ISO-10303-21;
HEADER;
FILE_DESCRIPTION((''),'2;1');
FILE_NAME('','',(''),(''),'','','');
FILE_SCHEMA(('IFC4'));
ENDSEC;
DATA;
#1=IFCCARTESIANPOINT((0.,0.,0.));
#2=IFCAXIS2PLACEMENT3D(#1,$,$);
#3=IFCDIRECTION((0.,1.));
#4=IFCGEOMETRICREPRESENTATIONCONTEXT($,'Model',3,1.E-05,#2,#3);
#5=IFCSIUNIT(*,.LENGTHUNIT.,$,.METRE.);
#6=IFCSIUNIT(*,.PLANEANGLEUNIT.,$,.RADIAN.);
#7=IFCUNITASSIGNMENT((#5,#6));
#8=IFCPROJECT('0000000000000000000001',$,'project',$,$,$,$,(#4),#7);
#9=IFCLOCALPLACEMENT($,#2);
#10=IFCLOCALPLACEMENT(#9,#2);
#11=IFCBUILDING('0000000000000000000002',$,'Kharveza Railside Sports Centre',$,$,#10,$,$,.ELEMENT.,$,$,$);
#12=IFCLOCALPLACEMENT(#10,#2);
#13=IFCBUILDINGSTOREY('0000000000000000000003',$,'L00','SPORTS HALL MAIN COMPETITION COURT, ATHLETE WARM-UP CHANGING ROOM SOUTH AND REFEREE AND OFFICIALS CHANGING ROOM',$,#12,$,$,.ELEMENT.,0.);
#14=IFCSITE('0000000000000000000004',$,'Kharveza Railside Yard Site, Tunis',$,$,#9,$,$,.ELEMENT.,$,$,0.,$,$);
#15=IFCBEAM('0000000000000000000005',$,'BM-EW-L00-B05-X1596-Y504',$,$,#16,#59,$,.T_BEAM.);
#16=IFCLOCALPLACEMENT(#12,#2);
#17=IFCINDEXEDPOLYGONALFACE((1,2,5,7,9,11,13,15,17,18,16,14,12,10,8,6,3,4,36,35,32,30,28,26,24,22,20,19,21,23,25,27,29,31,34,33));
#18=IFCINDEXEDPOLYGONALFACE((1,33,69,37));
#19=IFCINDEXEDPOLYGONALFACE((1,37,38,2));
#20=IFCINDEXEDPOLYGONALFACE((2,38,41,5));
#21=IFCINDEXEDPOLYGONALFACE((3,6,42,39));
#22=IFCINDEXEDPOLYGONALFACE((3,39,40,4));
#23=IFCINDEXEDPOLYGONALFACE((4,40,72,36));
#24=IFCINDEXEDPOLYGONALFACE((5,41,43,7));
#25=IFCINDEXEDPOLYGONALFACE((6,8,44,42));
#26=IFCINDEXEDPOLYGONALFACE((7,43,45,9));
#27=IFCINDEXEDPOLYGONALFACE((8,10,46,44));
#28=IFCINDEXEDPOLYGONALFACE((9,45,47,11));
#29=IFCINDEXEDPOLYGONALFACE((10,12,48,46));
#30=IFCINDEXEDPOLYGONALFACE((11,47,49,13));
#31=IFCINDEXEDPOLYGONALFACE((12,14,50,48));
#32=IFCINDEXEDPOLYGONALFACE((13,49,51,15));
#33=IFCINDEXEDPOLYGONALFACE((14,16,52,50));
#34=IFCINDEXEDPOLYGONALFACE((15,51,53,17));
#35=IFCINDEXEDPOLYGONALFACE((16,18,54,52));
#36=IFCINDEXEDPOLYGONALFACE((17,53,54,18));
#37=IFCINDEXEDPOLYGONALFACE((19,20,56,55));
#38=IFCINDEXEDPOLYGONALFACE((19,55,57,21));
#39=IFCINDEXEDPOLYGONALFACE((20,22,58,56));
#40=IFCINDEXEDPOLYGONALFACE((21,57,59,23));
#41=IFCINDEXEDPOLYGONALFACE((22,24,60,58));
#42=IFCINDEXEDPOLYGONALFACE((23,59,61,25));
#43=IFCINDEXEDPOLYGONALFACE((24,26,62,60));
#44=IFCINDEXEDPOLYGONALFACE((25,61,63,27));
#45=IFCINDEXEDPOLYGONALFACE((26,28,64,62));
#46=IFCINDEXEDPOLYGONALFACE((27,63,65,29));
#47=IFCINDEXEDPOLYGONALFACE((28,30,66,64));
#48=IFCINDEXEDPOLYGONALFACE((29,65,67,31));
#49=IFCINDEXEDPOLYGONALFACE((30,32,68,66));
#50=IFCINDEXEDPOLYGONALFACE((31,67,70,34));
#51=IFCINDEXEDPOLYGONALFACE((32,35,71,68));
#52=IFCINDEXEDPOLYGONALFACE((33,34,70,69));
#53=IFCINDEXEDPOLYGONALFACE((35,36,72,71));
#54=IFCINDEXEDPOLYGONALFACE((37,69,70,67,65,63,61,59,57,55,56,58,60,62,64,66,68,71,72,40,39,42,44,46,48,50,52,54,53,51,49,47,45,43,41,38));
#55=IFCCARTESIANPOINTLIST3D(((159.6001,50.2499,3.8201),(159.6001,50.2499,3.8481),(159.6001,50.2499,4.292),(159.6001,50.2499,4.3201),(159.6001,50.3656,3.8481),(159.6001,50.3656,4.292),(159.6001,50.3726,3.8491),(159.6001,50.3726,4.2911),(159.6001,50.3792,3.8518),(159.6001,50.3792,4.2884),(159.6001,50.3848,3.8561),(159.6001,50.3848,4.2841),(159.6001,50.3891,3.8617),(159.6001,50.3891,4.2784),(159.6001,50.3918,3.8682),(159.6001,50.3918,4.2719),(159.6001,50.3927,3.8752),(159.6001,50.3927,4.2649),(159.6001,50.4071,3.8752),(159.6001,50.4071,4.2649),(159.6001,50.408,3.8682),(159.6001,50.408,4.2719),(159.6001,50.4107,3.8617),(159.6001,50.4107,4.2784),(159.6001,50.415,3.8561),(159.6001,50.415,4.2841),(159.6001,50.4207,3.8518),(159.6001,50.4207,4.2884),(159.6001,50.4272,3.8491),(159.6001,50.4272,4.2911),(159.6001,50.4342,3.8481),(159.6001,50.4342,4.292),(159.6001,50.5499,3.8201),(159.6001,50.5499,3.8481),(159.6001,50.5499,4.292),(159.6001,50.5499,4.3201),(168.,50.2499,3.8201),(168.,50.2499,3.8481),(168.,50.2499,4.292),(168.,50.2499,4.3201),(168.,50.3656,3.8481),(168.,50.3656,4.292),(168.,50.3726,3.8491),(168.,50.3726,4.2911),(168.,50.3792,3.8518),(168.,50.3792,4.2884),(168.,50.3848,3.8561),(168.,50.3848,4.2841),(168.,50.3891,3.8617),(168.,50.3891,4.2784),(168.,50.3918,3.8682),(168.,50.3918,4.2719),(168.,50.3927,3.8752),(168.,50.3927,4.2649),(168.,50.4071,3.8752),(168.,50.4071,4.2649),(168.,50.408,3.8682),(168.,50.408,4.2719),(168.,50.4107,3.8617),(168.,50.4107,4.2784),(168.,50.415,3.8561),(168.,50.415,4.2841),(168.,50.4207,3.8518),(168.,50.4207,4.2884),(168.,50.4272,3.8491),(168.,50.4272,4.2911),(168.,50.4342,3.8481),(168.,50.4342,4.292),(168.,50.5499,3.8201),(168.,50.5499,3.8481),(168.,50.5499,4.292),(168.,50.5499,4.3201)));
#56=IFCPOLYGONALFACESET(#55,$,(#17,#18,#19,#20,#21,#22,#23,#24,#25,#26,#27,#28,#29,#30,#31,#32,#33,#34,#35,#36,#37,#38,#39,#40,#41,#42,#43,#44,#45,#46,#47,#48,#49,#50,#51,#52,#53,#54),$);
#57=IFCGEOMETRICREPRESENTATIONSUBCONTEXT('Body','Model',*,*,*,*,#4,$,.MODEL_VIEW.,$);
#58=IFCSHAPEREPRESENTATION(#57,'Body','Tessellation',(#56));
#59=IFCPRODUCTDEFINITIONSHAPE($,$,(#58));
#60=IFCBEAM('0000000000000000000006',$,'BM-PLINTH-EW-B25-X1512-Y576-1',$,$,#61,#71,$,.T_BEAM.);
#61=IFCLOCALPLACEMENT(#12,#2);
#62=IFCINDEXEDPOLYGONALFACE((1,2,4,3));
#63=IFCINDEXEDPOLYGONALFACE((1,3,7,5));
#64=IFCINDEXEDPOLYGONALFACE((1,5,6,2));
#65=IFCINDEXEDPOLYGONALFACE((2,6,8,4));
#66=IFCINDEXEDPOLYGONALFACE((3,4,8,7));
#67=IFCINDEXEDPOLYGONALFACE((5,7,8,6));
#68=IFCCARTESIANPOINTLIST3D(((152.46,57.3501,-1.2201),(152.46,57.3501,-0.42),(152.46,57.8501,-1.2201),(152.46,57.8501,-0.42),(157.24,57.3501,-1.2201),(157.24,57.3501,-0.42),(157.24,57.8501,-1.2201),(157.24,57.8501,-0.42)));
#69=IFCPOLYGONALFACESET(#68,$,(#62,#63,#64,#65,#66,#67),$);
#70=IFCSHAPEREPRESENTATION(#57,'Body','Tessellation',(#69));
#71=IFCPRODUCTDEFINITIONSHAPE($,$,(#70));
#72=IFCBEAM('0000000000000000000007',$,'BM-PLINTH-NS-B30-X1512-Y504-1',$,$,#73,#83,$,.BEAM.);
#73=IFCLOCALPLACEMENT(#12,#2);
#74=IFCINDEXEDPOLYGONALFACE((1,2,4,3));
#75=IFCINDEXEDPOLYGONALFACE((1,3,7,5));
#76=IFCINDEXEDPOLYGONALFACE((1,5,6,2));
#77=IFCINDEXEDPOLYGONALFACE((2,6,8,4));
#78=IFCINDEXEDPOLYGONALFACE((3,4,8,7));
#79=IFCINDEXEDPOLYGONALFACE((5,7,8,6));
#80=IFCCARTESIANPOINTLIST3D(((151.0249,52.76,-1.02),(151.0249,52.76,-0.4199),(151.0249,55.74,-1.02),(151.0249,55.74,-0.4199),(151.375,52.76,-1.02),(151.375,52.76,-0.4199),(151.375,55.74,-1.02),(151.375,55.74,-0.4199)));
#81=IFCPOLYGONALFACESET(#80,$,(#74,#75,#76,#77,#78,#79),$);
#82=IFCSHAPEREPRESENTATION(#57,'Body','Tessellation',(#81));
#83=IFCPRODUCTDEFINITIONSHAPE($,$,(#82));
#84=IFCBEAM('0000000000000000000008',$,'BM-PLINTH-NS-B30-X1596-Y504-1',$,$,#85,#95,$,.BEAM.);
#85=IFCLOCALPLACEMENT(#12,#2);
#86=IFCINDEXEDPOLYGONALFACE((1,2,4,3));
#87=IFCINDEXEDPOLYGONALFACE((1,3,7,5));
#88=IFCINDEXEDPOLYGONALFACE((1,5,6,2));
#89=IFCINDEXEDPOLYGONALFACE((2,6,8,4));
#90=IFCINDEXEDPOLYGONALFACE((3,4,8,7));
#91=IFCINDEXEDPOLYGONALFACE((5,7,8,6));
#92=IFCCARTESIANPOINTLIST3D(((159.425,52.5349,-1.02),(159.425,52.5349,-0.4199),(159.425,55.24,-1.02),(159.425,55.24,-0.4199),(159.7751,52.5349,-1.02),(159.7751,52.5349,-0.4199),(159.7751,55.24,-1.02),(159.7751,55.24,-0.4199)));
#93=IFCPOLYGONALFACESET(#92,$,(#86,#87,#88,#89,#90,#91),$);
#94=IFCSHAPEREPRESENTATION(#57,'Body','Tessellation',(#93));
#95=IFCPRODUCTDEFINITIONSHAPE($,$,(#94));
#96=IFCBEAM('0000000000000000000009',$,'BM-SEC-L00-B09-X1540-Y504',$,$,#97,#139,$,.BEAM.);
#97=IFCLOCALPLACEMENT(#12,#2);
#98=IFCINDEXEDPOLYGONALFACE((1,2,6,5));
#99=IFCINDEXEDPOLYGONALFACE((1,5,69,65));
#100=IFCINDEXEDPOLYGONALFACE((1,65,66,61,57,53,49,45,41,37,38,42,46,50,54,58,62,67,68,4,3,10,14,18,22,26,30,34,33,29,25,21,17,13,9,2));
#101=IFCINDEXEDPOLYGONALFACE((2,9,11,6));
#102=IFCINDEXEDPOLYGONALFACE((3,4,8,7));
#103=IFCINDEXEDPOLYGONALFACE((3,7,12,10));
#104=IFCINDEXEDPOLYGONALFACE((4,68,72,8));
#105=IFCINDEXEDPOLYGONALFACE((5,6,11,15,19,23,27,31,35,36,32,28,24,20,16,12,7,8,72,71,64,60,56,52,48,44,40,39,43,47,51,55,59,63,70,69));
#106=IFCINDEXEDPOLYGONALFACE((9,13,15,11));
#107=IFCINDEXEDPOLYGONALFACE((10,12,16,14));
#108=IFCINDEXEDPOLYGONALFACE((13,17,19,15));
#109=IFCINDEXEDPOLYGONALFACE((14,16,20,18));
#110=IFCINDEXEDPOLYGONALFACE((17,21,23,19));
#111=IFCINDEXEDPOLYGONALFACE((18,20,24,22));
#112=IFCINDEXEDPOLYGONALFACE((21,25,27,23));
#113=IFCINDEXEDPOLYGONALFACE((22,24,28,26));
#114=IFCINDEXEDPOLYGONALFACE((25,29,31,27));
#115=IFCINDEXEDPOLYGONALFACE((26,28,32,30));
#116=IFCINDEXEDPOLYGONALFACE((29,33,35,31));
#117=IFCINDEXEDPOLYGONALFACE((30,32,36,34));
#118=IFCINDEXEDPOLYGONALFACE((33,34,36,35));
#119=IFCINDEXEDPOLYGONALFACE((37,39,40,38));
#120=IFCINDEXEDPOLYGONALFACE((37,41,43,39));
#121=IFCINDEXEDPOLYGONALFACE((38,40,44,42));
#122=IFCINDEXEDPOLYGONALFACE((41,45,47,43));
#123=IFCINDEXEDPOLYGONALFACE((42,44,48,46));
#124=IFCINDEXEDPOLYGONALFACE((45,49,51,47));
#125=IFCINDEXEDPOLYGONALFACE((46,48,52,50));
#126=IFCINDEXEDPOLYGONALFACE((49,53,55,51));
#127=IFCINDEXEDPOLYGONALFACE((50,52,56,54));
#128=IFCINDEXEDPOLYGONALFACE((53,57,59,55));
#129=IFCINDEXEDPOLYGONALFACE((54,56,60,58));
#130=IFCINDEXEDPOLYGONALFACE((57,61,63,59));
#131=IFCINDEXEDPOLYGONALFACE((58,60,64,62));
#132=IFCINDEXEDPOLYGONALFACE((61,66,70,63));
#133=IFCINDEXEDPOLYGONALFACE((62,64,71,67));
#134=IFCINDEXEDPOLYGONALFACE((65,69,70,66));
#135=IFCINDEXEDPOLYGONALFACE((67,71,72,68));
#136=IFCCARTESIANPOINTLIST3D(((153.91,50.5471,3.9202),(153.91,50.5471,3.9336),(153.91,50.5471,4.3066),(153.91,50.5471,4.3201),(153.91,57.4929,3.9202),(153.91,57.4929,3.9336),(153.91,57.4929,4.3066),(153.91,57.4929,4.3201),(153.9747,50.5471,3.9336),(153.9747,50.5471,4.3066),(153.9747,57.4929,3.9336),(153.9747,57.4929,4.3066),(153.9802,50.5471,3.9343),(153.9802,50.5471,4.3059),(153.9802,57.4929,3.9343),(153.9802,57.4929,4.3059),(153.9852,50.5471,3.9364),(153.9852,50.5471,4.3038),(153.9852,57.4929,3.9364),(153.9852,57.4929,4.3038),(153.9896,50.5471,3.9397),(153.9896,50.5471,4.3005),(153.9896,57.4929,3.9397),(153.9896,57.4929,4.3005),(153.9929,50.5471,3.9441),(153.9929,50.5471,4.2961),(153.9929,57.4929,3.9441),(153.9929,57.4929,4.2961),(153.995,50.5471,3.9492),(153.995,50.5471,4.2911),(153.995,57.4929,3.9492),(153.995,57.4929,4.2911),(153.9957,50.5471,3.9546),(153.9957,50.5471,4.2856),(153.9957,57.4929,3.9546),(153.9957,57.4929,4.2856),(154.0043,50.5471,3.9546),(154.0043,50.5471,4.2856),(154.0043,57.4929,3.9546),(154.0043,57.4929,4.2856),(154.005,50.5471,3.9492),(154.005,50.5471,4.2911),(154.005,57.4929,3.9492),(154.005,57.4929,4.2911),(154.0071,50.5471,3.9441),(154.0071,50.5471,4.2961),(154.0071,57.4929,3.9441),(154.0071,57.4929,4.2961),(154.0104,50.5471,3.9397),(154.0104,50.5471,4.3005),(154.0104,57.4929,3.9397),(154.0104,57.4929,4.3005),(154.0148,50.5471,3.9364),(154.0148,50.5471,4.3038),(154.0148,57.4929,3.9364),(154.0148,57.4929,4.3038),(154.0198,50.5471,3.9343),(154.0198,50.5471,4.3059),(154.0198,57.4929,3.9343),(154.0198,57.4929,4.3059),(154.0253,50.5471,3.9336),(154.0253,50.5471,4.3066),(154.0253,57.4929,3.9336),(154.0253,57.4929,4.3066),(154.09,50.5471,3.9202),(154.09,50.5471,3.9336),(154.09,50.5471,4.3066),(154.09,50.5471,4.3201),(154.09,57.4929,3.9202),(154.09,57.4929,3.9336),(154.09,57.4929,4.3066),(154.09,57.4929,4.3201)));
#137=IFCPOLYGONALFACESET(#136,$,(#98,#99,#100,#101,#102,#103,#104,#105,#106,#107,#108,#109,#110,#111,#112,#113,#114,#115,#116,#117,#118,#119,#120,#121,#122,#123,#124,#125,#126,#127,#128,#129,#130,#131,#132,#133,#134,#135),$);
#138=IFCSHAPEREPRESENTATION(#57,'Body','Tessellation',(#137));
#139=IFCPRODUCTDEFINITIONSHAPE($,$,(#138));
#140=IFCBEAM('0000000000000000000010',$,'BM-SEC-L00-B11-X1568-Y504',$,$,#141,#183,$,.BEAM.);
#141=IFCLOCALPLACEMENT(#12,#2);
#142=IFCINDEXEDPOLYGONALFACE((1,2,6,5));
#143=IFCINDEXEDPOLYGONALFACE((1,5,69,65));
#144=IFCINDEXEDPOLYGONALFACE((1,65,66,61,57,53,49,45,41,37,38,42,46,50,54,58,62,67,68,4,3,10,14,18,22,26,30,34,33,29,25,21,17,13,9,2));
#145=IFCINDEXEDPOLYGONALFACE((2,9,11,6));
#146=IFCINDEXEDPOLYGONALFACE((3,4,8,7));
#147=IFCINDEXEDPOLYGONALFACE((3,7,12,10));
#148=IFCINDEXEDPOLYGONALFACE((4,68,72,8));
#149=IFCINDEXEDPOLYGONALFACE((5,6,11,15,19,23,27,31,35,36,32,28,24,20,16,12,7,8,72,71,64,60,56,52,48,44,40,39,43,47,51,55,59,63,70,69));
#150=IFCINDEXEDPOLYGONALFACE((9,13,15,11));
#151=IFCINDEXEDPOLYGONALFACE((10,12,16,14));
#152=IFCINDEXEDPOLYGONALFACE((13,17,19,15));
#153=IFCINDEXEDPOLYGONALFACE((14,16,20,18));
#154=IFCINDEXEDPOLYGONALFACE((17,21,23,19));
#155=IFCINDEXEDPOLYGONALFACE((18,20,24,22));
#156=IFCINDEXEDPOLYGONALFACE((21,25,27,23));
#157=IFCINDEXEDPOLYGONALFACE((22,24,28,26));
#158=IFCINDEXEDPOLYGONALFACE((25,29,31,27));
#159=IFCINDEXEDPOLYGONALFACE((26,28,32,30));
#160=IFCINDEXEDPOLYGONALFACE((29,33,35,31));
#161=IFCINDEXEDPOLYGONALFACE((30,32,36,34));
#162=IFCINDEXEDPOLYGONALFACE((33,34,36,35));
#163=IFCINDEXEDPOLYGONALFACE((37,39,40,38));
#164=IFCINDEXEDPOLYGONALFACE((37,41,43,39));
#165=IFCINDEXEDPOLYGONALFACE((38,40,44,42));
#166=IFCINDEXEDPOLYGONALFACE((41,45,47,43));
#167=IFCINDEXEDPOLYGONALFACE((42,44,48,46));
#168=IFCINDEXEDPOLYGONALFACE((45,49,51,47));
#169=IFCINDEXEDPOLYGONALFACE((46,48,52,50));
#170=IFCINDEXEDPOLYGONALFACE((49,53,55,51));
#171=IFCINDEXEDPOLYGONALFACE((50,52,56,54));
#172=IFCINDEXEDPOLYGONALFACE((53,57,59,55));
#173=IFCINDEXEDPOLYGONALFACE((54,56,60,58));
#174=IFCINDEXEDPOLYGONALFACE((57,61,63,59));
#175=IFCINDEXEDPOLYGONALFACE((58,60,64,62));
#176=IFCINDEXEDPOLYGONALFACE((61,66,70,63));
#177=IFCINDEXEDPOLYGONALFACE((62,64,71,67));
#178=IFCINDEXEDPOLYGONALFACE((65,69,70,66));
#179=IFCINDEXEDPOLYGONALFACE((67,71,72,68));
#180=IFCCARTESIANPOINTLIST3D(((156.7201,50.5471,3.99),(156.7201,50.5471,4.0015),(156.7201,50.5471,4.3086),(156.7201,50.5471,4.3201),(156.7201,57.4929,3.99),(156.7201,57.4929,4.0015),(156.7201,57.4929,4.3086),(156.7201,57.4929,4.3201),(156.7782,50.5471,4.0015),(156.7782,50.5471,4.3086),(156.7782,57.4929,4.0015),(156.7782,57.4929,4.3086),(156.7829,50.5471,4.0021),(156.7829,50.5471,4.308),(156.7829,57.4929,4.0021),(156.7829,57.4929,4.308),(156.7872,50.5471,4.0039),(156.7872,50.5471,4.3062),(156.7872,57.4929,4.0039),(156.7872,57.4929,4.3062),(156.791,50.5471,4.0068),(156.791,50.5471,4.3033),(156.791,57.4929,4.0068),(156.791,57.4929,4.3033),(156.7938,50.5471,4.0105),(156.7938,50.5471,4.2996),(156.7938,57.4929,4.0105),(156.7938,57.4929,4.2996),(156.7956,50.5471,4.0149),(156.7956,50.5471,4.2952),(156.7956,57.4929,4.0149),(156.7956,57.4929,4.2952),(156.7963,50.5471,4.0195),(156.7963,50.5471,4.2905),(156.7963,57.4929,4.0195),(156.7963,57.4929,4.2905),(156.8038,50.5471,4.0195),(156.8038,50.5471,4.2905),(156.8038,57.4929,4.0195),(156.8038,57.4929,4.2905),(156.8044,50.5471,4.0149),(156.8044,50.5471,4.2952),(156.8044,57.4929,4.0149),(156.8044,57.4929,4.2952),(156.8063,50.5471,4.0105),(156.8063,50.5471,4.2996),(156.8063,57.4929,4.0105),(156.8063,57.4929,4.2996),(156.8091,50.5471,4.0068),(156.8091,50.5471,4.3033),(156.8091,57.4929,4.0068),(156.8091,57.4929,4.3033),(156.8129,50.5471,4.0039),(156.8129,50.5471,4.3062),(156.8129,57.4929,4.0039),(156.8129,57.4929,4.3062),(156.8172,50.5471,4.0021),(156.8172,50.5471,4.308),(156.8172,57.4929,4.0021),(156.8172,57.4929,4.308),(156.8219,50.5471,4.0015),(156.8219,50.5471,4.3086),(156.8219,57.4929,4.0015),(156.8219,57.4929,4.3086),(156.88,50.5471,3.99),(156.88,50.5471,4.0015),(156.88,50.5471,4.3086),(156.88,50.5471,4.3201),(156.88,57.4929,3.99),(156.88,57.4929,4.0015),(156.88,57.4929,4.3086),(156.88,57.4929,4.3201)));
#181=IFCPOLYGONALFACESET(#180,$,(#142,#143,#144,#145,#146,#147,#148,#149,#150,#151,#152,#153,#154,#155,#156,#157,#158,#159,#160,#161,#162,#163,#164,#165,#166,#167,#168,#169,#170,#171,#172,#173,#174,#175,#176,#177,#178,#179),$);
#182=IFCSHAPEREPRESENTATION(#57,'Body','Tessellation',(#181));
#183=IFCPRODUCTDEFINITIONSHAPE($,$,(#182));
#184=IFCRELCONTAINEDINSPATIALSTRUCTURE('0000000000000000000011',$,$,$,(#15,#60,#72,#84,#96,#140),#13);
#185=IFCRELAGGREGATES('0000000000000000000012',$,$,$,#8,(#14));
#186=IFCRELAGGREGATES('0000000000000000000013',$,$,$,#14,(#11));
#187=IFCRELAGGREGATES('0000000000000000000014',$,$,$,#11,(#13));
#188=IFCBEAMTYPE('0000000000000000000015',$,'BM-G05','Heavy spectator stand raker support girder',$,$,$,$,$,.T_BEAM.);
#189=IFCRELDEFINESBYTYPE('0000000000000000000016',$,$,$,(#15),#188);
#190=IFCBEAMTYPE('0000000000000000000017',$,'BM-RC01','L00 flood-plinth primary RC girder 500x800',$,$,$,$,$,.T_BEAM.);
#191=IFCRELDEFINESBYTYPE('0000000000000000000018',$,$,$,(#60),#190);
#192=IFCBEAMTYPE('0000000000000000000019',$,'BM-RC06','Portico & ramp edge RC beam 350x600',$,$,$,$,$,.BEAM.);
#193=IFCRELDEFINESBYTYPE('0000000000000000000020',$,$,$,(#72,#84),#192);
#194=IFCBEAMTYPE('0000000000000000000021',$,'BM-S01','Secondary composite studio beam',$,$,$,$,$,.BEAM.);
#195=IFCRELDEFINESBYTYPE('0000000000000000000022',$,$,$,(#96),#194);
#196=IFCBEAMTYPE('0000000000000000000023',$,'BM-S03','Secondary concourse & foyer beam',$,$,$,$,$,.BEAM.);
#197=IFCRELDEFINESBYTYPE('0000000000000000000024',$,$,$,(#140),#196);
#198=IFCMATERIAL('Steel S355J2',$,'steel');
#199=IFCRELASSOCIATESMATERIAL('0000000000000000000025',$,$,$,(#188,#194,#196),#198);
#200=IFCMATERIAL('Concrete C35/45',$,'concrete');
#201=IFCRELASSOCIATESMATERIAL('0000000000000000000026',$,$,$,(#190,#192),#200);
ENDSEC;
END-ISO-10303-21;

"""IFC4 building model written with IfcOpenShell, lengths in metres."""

from ifc_helpers import new_model, si_unit, direction, frame, origin, origin_2d, place, context, subcontext, project, spatial, rectangle, i_section, extrude, material, material_profile, profile_set, type_object, element, save


model = new_model("IFC4")

# Units and contexts
model_context = context("Model", 3, precision=1e-05, world=origin(), true_north=direction((0.0, 1.0)))
body_context = subcontext(model_context, "Body", "Model", "MODEL_VIEW")
ifc_project = project(units=[si_unit("LENGTHUNIT", "METRE"), si_unit("PLANEANGLEUNIT", "RADIAN")], contexts=[model_context])

# Site, building, storey
site_placement = place(None, origin())
site = spatial("IfcSite", under=ifc_project, at=site_placement, Name="Kharveza Railside Yard Site, Tunis", CompositionType="ELEMENT", RefElevation=0.0)
building_placement = place(site_placement, origin())
building = spatial("IfcBuilding", under=site, at=building_placement, Name="Kharveza Railside Sports Centre", CompositionType="ELEMENT")
storey_placement = place(building_placement, origin())
storey = spatial("IfcBuildingStorey", under=building, at=storey_placement, Name="L00", Description="SPORTS HALL MAIN COMPETITION COURT, ATHLETE WARM-UP CHANGING ROOM SOUTH AND REFEREE AND OFFICIALS CHANGING ROOM", CompositionType="ELEMENT", Elevation=0.0)

# Shared definitions
ifc_material_1 = material(Name="Concrete C35/45", Category="concrete")

# Shared definitions
ifc_material_2 = material(Name="Steel S355J2", Category="steel")

# Beams
ifc_material_profile_1 = material_profile(ifc_material_2, i_section(OverallWidth=0.3, OverallDepth=0.5, WebThickness=0.0144, FlangeThickness=0.0281, FilletRadius=0.0271, at=origin_2d()), Name="HEB 500")
ifc_profile_set_1 = profile_set([ifc_material_profile_1], Name="Steel S355J2")
beam_type_1 = type_object("IfcBeamType", Name="BM-G05", Description="Heavy spectator stand raker support girder", PredefinedType="T_BEAM", material=ifc_profile_set_1)
beam_1_placement = place(storey_placement, frame((159.6001, 50.3999, 4.0701), z_axis=(1.0, 0.0, 0.0), x_axis=(0.0, 1.0, 0.0)))
element("IfcBeam", 1, at=beam_1_placement, inside=storey, type_object=beam_type_1, Name="BM-EW-L00-B05-X1596-Y504", PredefinedType="T_BEAM", context=body_context, shape_type="SweptSolid", body=[
    extrude(i_section(OverallWidth=0.3, OverallDepth=0.5, WebThickness=0.0144, FlangeThickness=0.0281, FilletRadius=0.0271, at=origin_2d()), origin(), (0.0, 0.0, 1.0), 8.3999),
])
ifc_material_profile_2 = material_profile(ifc_material_1, rectangle(XDim=0.5, YDim=0.8, at=origin_2d()), Name="RCB 500x800")
ifc_profile_set_2 = profile_set([ifc_material_profile_2], Name="Concrete C35/45")
beam_type_2 = type_object("IfcBeamType", Name="BM-RC01", Description="L00 flood-plinth primary RC girder 500x800", PredefinedType="T_BEAM", material=ifc_profile_set_2)
beam_2_placement = place(storey_placement, frame((152.46, 57.6001, -0.8201), z_axis=(1.0, 0.0, 0.0), x_axis=(0.0, 1.0, 0.0)))
element("IfcBeam", 2, at=beam_2_placement, inside=storey, type_object=beam_type_2, Name="BM-PLINTH-EW-B25-X1512-Y576-1", PredefinedType="T_BEAM", context=body_context, shape_type="SweptSolid", body=[
    extrude(rectangle(XDim=0.5, YDim=0.8, at=origin_2d()), origin(), (0.0, 0.0, 1.0), 4.78),
])
ifc_material_profile_3 = material_profile(ifc_material_1, rectangle(XDim=0.3501, YDim=0.6001, at=origin_2d()), Name="RCB 350x600")
ifc_profile_set_3 = profile_set([ifc_material_profile_3], Name="Concrete C35/45")
beam_type_3 = type_object("IfcBeamType", Name="BM-RC06", Description="Portico & ramp edge RC beam 350x600", PredefinedType="BEAM", material=ifc_profile_set_3)
beam_3_placement = place(storey_placement, frame((151.2, 52.76, -0.72), z_axis=(0.0, 1.0, 0.0), x_axis=(-1.0, 0.0, 0.0)))
element("IfcBeam", 3, at=beam_3_placement, inside=storey, type_object=beam_type_3, Name="BM-PLINTH-NS-B30-X1512-Y504-1", PredefinedType="BEAM", context=body_context, shape_type="SweptSolid", body=[
    extrude(rectangle(XDim=0.3501, YDim=0.6001, at=origin_2d()), origin(), (0.0, 0.0, 1.0), 2.98),
])
beam_4_placement = place(storey_placement, frame((159.6001, 52.5349, -0.72), z_axis=(0.0, 1.0, 0.0), x_axis=(-1.0, 0.0, 0.0)))
element("IfcBeam", 4, at=beam_4_placement, inside=storey, type_object=beam_type_3, Name="BM-PLINTH-NS-B30-X1596-Y504-1", PredefinedType="BEAM", context=body_context, shape_type="SweptSolid", body=[
    extrude(rectangle(XDim=0.3501, YDim=0.6001, at=origin_2d()), origin(), (0.0, 0.0, 1.0), 2.7051),
])
ifc_material_profile_4 = material_profile(ifc_material_2, i_section(OverallWidth=0.1799, OverallDepth=0.3999, WebThickness=0.0085, FlangeThickness=0.0134, FilletRadius=0.021, at=origin_2d()), Name="IPE 400")
ifc_profile_set_4 = profile_set([ifc_material_profile_4], Name="Steel S355J2")
beam_type_4 = type_object("IfcBeamType", Name="BM-S01", Description="Secondary composite studio beam", PredefinedType="BEAM", material=ifc_profile_set_4)
beam_5_placement = place(storey_placement, frame((154.0, 50.5471, 4.1201), z_axis=(0.0, 1.0, 0.0), x_axis=(-1.0, 0.0, 0.0)))
element("IfcBeam", 5, at=beam_5_placement, inside=storey, type_object=beam_type_4, Name="BM-SEC-L00-B09-X1540-Y504", PredefinedType="BEAM", context=body_context, shape_type="SweptSolid", body=[
    extrude(i_section(OverallWidth=0.1799, OverallDepth=0.3999, WebThickness=0.0085, FlangeThickness=0.0134, FilletRadius=0.021, at=origin_2d()), origin(), (0.0, 0.0, 1.0), 6.9458),
])
ifc_material_profile_5 = material_profile(ifc_material_2, i_section(OverallWidth=0.1599, OverallDepth=0.3301, WebThickness=0.0076, FlangeThickness=0.0115, FilletRadius=0.0181, at=origin_2d()), Name="IPE 330")
ifc_profile_set_5 = profile_set([ifc_material_profile_5], Name="Steel S355J2")
beam_type_5 = type_object("IfcBeamType", Name="BM-S03", Description="Secondary concourse & foyer beam", PredefinedType="BEAM", material=ifc_profile_set_5)
beam_6_placement = place(storey_placement, frame((156.8, 50.5471, 4.155), z_axis=(0.0, 1.0, 0.0), x_axis=(-1.0, 0.0, 0.0)))
element("IfcBeam", 6, at=beam_6_placement, inside=storey, type_object=beam_type_5, Name="BM-SEC-L00-B11-X1568-Y504", PredefinedType="BEAM", context=body_context, shape_type="SweptSolid", body=[
    extrude(i_section(OverallWidth=0.1599, OverallDepth=0.3301, WebThickness=0.0076, FlangeThickness=0.0115, FilletRadius=0.0181, at=origin_2d()), origin(), (0.0, 0.0, 1.0), 6.9458),
])

save(model, "model.ifc")
